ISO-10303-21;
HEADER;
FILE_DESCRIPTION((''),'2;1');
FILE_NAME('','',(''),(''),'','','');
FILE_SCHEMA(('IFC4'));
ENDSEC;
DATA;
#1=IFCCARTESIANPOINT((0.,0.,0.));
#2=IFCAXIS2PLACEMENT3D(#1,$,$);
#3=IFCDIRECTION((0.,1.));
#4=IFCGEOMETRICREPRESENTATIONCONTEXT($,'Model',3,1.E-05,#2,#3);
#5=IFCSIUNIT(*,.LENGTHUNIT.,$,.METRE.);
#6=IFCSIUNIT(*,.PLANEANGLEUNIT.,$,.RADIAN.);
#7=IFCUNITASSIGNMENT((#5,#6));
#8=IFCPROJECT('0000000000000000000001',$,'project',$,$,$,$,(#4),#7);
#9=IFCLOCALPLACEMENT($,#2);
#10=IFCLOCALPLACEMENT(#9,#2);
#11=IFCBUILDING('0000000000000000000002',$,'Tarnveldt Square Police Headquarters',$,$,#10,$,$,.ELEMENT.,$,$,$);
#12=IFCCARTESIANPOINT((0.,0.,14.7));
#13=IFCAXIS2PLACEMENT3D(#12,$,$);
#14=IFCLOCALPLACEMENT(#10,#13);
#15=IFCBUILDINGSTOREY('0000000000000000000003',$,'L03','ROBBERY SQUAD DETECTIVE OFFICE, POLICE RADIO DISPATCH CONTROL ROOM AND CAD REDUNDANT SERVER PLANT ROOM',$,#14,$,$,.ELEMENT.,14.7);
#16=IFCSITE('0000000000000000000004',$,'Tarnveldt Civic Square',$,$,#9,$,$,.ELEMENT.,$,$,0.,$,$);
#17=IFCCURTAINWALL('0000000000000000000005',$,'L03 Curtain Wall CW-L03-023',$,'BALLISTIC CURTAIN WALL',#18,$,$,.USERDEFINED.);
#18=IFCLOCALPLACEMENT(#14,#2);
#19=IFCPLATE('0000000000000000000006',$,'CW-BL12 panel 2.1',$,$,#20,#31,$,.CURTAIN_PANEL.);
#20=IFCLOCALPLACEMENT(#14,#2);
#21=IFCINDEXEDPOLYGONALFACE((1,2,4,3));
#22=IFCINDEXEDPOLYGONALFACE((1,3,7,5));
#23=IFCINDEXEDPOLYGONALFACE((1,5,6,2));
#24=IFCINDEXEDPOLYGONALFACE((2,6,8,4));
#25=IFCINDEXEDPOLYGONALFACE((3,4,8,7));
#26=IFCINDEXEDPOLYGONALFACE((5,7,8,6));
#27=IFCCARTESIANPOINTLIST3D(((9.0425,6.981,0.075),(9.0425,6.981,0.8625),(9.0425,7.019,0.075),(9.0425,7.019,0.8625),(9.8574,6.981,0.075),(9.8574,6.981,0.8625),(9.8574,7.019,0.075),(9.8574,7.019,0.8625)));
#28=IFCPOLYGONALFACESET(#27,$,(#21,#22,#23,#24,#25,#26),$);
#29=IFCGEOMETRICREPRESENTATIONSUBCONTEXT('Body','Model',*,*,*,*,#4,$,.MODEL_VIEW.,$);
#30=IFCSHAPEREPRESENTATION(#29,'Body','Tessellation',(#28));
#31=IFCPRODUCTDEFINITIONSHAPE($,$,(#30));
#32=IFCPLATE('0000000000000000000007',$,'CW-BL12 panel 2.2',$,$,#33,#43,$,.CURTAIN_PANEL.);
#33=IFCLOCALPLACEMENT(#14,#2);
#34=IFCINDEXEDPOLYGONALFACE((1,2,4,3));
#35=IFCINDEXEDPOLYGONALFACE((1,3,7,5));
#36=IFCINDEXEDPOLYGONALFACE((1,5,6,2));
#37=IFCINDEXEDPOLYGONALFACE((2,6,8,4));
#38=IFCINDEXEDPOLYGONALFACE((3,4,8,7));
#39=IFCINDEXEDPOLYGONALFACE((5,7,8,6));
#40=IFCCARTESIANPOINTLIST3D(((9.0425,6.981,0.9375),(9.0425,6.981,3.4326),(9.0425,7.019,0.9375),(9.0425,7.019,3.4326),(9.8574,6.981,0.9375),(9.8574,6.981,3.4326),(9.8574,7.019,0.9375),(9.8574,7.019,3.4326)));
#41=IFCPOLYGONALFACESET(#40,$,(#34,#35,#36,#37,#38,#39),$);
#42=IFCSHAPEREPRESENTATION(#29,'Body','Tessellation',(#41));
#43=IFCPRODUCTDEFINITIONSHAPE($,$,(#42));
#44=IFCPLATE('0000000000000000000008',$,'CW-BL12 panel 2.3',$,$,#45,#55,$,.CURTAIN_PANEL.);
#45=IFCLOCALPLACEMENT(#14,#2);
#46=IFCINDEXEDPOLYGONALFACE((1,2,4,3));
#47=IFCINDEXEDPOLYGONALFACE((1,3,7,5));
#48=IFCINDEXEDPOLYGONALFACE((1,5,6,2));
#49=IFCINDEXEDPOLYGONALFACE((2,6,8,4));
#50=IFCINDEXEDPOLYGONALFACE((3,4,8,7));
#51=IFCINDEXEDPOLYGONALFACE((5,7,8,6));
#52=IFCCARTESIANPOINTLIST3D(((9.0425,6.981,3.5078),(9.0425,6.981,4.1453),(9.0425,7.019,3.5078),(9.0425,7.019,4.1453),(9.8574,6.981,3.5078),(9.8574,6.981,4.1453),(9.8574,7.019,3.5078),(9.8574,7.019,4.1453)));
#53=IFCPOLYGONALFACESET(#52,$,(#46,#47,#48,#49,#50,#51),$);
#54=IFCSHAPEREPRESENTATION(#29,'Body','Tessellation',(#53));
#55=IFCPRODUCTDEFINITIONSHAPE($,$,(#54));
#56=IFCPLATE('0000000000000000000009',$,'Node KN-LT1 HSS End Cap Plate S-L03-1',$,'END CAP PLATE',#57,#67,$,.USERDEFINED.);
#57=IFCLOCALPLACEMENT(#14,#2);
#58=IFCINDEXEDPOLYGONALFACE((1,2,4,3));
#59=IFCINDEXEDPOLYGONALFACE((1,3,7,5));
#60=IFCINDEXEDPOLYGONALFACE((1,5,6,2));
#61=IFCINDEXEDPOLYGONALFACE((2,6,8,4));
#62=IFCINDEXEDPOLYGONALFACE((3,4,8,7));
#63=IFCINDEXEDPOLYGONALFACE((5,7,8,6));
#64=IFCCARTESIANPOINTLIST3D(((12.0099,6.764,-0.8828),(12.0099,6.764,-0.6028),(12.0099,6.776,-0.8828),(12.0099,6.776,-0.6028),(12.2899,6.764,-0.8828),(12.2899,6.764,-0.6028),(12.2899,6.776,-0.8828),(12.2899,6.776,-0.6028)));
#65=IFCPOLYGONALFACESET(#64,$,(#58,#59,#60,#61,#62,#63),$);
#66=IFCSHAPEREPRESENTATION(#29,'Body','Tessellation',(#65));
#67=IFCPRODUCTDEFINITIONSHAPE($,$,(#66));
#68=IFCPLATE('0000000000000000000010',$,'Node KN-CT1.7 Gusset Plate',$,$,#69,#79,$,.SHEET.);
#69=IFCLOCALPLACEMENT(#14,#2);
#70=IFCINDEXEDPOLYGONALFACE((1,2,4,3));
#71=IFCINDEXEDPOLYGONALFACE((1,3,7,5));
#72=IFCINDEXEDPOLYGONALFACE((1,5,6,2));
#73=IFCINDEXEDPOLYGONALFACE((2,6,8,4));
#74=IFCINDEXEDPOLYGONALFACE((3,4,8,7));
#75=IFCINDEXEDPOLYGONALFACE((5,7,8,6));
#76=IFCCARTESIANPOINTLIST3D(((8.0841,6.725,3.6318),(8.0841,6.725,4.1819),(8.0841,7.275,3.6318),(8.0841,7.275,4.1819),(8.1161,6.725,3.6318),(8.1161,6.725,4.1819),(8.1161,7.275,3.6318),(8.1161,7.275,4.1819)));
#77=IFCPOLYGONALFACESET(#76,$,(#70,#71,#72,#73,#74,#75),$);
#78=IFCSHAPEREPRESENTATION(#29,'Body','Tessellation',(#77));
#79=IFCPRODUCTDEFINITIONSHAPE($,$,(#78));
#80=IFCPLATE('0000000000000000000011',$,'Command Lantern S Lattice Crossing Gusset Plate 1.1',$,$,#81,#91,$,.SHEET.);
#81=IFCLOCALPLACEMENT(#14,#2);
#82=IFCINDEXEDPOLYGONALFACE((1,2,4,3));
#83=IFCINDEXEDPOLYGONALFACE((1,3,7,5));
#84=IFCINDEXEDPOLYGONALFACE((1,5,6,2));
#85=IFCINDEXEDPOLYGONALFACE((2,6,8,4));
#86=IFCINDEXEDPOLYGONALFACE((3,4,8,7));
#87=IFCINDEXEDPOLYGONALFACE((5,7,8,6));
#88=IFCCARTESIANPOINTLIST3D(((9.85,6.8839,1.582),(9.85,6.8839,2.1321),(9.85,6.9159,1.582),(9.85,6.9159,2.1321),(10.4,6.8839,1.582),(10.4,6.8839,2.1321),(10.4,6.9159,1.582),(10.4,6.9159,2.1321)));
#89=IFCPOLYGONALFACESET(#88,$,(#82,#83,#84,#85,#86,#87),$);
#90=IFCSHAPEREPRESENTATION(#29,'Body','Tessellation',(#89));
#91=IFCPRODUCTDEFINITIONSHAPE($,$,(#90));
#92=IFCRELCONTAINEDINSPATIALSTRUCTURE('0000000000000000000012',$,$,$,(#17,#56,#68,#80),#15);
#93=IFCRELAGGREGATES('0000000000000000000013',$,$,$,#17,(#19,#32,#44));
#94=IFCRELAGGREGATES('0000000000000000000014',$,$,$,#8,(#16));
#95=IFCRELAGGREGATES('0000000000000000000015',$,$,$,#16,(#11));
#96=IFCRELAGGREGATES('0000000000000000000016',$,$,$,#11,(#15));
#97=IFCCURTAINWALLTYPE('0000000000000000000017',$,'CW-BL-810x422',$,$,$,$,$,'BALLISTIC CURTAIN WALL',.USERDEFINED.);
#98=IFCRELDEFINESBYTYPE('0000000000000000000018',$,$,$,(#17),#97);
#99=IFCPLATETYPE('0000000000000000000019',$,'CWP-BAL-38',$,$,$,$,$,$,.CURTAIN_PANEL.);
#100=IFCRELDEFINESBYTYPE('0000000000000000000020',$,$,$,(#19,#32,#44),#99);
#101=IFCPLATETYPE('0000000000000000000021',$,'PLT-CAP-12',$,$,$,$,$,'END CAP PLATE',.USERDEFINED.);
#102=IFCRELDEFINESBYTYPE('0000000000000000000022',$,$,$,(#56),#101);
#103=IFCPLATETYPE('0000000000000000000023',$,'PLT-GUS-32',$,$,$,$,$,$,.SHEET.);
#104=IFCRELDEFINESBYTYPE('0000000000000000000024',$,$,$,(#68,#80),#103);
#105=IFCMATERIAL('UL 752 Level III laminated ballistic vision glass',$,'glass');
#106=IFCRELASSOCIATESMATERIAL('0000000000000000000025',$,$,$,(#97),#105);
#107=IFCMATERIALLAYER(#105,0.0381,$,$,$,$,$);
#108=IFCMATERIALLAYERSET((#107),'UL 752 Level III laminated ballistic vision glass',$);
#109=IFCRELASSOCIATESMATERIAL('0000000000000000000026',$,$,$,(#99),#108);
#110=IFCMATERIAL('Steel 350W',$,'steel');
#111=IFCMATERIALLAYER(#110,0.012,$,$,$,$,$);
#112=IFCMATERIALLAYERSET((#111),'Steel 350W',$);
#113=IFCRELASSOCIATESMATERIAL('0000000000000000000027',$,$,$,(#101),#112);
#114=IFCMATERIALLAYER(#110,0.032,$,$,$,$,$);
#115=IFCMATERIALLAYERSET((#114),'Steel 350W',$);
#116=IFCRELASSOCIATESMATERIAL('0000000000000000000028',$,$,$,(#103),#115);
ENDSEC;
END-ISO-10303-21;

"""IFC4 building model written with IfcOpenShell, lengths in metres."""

from ifc_helpers import new_model, si_unit, direction, frame, origin, origin_2d, place, context, subcontext, project, spatial, rectangle, extrude, material, layer, layer_set, type_object, element, aggregate, save


model = new_model("IFC4")

# Units and contexts
model_context = context("Model", 3, precision=1e-05, world=origin(), true_north=direction((0.0, 1.0)))
body_context = subcontext(model_context, "Body", "Model", "MODEL_VIEW")
ifc_project = project(units=[si_unit("LENGTHUNIT", "METRE"), si_unit("PLANEANGLEUNIT", "RADIAN")], contexts=[model_context])

# Site, building, storey
site_placement = place(None, origin())
site = spatial("IfcSite", under=ifc_project, at=site_placement, Name="Tarnveldt Civic Square", CompositionType="ELEMENT", RefElevation=0.0)
building_placement = place(site_placement, origin())
building = spatial("IfcBuilding", under=site, at=building_placement, Name="Tarnveldt Square Police Headquarters", CompositionType="ELEMENT")
storey_placement = place(building_placement, frame((0.0, 0.0, 14.7)))
storey = spatial("IfcBuildingStorey", under=building, at=storey_placement, Name="L03", Description="ROBBERY SQUAD DETECTIVE OFFICE, POLICE RADIO DISPATCH CONTROL ROOM AND CAD REDUNDANT SERVER PLANT ROOM", CompositionType="ELEMENT", Elevation=14.7)

# Shared definitions
ifc_material_1 = material(Name="Steel 350W", Category="steel")

# Curtain wall
ifc_material_2 = material(Name="UL 752 Level III laminated ballistic vision glass", Category="glass")
curtain_wall_type = type_object("IfcCurtainWallType", Name="CW-BL-810x422", ElementType="BALLISTIC CURTAIN WALL", PredefinedType="USERDEFINED", material=ifc_material_2)
curtain_wall_placement = place(storey_placement, origin())
curtain_wall = element("IfcCurtainWall", 1, at=curtain_wall_placement, inside=storey, type_object=curtain_wall_type, Name="L03 Curtain Wall CW-L03-023", ObjectType="BALLISTIC CURTAIN WALL", PredefinedType="USERDEFINED")

# Plates
ifc_layer_1 = layer(ifc_material_2, 0.0381)
ifc_layer_set_1 = layer_set([ifc_layer_1], Name="UL 752 Level III laminated ballistic vision glass")
plate_type_1 = type_object("IfcPlateType", Name="CWP-BAL-38", PredefinedType="CURTAIN_PANEL", material=ifc_layer_set_1)
plate_1_placement = place(storey_placement, frame((9.45, 7.0, 0.075), z_axis=(0.0, 0.0, 1.0), x_axis=(1.0, 0.0, 0.0)))
plate_1 = element("IfcPlate", 2, at=plate_1_placement, type_object=plate_type_1, Name="CW-BL12 panel 2.1", PredefinedType="CURTAIN_PANEL", context=body_context, shape_type="SweptSolid", body=[
    extrude(rectangle(XDim=0.8149, YDim=0.0381, at=origin_2d()), origin(), (0.0, 0.0, 1.0), 0.7876),
])
plate_2_placement = place(storey_placement, frame((9.45, 7.0, 0.9375), z_axis=(0.0, 0.0, 1.0), x_axis=(1.0, 0.0, 0.0)))
plate_2 = element("IfcPlate", 3, at=plate_2_placement, type_object=plate_type_1, Name="CW-BL12 panel 2.2", PredefinedType="CURTAIN_PANEL", context=body_context, shape_type="SweptSolid", body=[
    extrude(rectangle(XDim=0.8149, YDim=0.0381, at=origin_2d()), origin(), (0.0, 0.0, 1.0), 2.4951),
])
plate_3_placement = place(storey_placement, frame((9.45, 7.0, 3.5078), z_axis=(0.0, 0.0, 1.0), x_axis=(1.0, 0.0, 0.0)))
plate_3 = element("IfcPlate", 4, at=plate_3_placement, type_object=plate_type_1, Name="CW-BL12 panel 2.3", PredefinedType="CURTAIN_PANEL", context=body_context, shape_type="SweptSolid", body=[
    extrude(rectangle(XDim=0.8149, YDim=0.0381, at=origin_2d()), origin(), (0.0, 0.0, 1.0), 0.6375),
])
aggregate(curtain_wall, [plate_1, plate_2, plate_3])

# Plates
ifc_layer_2 = layer(ifc_material_1, 0.012)
ifc_layer_set_2 = layer_set([ifc_layer_2], Name="Steel 350W")
plate_type_2 = type_object("IfcPlateType", Name="PLT-CAP-12", ElementType="END CAP PLATE", PredefinedType="USERDEFINED", material=ifc_layer_set_2)
plate_4_placement = place(storey_placement, frame((12.1499, 6.77, -0.8828), z_axis=(0.0, 0.0, 1.0), x_axis=(1.0, 0.0, 0.0)))
element("IfcPlate", 5, at=plate_4_placement, inside=storey, type_object=plate_type_2, Name="Node KN-LT1 HSS End Cap Plate S-L03-1", ObjectType="END CAP PLATE", PredefinedType="USERDEFINED", context=body_context, shape_type="SweptSolid", body=[
    extrude(rectangle(XDim=0.28, YDim=0.012, at=origin_2d()), origin(), (0.0, 0.0, 1.0), 0.28),
])
ifc_layer_3 = layer(ifc_material_1, 0.032)
ifc_layer_set_3 = layer_set([ifc_layer_3], Name="Steel 350W")
plate_type_3 = type_object("IfcPlateType", Name="PLT-GUS-32", PredefinedType="SHEET", material=ifc_layer_set_3)
plate_5_placement = place(storey_placement, frame((8.1001, 7.0, 3.6318), z_axis=(0.0, 0.0, 1.0), x_axis=(1.0, 0.0, 0.0)))
element("IfcPlate", 6, at=plate_5_placement, inside=storey, type_object=plate_type_3, Name="Node KN-CT1.7 Gusset Plate", PredefinedType="SHEET", context=body_context, shape_type="SweptSolid", body=[
    extrude(rectangle(XDim=0.032, YDim=0.55, at=origin_2d()), origin(), (0.0, 0.0, 1.0), 0.55),
])
plate_6_placement = place(storey_placement, frame((10.125, 6.8999, 1.582), z_axis=(0.0, 0.0, 1.0), x_axis=(1.0, 0.0, 0.0)))
element("IfcPlate", 7, at=plate_6_placement, inside=storey, type_object=plate_type_3, Name="Command Lantern S Lattice Crossing Gusset Plate 1.1", PredefinedType="SHEET", context=body_context, shape_type="SweptSolid", body=[
    extrude(rectangle(XDim=0.55, YDim=0.032, at=origin_2d()), origin(), (0.0, 0.0, 1.0), 0.55),
])

save(model, "model.ifc")
